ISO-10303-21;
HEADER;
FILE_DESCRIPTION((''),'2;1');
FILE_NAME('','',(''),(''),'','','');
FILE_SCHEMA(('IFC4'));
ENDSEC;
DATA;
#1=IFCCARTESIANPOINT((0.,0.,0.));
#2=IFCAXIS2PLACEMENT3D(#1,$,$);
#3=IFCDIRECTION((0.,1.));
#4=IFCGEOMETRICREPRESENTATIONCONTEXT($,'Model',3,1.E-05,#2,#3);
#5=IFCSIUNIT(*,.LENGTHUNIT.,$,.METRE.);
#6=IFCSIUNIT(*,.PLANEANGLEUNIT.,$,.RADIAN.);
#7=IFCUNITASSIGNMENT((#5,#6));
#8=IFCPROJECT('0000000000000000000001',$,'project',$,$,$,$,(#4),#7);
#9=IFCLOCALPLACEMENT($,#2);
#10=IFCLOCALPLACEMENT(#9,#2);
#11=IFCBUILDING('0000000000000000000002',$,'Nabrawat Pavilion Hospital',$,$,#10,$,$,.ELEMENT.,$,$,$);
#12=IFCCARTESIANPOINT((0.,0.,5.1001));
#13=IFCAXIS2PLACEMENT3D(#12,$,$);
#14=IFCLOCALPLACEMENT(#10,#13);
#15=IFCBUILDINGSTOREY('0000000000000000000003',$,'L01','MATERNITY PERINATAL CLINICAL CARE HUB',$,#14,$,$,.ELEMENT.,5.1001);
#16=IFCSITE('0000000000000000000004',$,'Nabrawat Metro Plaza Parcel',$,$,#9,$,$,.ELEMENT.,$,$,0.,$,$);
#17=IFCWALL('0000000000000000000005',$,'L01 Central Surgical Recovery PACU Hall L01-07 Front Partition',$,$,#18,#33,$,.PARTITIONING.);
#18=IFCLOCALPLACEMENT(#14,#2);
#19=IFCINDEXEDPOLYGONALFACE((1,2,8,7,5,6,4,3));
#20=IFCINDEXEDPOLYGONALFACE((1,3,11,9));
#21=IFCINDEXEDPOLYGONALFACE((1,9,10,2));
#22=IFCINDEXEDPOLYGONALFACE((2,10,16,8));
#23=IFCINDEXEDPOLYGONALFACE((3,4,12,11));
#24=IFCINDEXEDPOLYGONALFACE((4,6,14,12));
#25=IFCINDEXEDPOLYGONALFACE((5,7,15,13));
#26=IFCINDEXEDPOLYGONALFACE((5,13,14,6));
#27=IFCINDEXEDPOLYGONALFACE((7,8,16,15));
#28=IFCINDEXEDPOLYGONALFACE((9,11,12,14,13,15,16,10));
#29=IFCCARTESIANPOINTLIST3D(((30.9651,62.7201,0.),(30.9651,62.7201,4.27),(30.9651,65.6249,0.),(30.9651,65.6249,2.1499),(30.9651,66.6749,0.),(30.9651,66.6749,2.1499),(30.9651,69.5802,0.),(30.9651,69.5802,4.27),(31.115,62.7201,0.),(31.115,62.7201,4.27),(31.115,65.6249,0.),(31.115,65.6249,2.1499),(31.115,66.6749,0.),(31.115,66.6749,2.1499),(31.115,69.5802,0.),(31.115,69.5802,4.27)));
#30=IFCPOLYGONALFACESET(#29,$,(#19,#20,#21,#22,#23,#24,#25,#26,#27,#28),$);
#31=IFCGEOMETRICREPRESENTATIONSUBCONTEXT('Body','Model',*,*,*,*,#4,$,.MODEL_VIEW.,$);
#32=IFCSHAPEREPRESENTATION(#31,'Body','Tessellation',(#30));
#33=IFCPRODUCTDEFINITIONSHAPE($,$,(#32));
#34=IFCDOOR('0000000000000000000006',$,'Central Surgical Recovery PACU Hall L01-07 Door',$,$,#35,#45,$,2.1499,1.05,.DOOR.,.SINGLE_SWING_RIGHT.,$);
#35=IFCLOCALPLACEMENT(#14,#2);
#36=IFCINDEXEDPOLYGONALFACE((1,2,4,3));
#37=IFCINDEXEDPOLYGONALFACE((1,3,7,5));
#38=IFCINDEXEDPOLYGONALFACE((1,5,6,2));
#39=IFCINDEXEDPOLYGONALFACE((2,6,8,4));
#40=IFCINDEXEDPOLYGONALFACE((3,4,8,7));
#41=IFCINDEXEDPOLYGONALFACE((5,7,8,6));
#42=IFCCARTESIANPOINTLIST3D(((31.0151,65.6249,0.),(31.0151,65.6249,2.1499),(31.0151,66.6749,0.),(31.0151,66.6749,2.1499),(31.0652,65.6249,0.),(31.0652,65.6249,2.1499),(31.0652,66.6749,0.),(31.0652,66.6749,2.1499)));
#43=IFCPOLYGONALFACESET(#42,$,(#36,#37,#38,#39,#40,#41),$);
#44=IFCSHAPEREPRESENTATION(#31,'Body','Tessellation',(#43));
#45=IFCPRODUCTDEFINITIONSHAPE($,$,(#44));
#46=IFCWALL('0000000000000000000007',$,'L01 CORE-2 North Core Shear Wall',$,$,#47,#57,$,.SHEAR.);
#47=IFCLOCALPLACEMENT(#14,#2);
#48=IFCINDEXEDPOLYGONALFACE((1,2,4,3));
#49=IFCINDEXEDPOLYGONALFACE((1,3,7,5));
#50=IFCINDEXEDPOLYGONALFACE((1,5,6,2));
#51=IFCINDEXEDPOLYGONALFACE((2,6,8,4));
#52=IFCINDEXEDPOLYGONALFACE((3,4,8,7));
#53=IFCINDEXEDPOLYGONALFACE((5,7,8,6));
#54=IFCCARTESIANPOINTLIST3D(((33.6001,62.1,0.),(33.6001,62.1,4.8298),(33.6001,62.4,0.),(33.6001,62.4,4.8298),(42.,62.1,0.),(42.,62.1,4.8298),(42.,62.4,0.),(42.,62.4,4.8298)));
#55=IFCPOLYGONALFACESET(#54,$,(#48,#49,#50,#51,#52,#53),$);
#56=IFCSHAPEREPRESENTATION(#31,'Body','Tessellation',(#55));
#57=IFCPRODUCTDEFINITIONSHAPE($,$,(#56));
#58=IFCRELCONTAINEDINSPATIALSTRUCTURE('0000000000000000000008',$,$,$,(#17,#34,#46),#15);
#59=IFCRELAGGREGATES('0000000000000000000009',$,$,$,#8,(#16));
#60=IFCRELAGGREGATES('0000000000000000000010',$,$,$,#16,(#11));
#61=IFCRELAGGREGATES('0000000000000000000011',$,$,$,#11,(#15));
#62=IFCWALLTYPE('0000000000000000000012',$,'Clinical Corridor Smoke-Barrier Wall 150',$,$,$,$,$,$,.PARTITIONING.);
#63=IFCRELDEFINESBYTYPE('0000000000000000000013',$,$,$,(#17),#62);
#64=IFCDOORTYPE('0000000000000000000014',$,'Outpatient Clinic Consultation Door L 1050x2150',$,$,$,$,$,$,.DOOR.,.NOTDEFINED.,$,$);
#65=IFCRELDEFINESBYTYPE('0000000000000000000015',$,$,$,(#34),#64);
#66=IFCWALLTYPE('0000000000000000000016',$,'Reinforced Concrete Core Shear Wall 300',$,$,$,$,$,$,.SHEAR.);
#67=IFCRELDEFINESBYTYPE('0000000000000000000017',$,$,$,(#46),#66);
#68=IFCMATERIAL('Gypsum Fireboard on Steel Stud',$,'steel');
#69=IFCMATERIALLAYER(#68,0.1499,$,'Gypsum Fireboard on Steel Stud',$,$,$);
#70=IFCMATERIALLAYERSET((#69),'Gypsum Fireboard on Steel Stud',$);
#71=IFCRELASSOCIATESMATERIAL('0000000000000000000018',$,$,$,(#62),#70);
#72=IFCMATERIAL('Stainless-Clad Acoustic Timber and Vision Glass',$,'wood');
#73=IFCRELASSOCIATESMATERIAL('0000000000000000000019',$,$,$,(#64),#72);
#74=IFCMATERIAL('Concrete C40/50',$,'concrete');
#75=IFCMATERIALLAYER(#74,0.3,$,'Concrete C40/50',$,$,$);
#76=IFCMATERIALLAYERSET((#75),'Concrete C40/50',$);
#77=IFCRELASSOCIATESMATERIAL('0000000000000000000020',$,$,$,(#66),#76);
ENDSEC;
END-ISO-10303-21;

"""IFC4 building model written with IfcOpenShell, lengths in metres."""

from ifc_helpers import new_model, si_unit, direction, frame, frame_2d, origin, place, context, subcontext, project, spatial, rectangle, extrude, material, layer, layer_set, type_object, element, fill, save


model = new_model("IFC4")

# Units and contexts
model_context = context("Model", 3, precision=1e-05, world=origin(), true_north=direction((0.0, 1.0)))
body_context = subcontext(model_context, "Body", "Model", "MODEL_VIEW")
ifc_project = project(units=[si_unit("LENGTHUNIT", "METRE"), si_unit("PLANEANGLEUNIT", "RADIAN")], contexts=[model_context])

# Site, building, storey
site_placement = place(None, origin())
site = spatial("IfcSite", under=ifc_project, at=site_placement, Name="Nabrawat Metro Plaza Parcel", CompositionType="ELEMENT", RefElevation=0.0)
building_placement = place(site_placement, origin())
building = spatial("IfcBuilding", under=site, at=building_placement, Name="Nabrawat Pavilion Hospital", CompositionType="ELEMENT")
storey_placement = place(building_placement, frame((0.0, 0.0, 5.1001)))
storey = spatial("IfcBuildingStorey", under=building, at=storey_placement, Name="L01", Description="MATERNITY PERINATAL CLINICAL CARE HUB", CompositionType="ELEMENT", Elevation=5.1001)

# Wall, opening, door
ifc_material_1 = material(Name="Gypsum Fireboard on Steel Stud", Category="steel")
ifc_layer_1 = layer(ifc_material_1, 0.1499, Name="Gypsum Fireboard on Steel Stud")
ifc_layer_set_1 = layer_set([ifc_layer_1], Name="Gypsum Fireboard on Steel Stud")
wall_type_1 = type_object("IfcWallType", Name="Clinical Corridor Smoke-Barrier Wall 150", PredefinedType="PARTITIONING", material=ifc_layer_set_1)
ifc_material_2 = material(Name="Stainless-Clad Acoustic Timber and Vision Glass", Category="wood")
wall_1_placement = place(storey_placement, frame((31.04, 62.72, 0.0), z_axis=(0.0, 0.0, 1.0), x_axis=(0.0, 1.0, 0.0)))
wall_1 = element("IfcWall", 1, at=wall_1_placement, inside=storey, type_object=wall_type_1, Name="L01 Central Surgical Recovery PACU Hall L01-07 Front Partition", PredefinedType="PARTITIONING", context=body_context, shape_type="SweptSolid", body=[
    extrude(rectangle(XDim=6.8601, YDim=0.1499, at=frame_2d((3.4302, 0.0))), origin(), (0.0, 0.0, 1.0), 4.27),
])
opening_1_placement = place(wall_1_placement, frame((2.905, 0.0, 0.0)))
opening_1 = element("IfcOpeningElement", 2, at=opening_1_placement, cuts=wall_1, PredefinedType="OPENING", context=body_context, shape_type="SweptSolid", body=[
    extrude(rectangle(XDim=1.05, YDim=2.1499, at=frame_2d((0.5249, 1.075))), frame((0.0, 0.085, 0.0), z_axis=(0.0, -1.0, 0.0), x_axis=(1.0, 0.0, 0.0)), (0.0, 0.0, 1.0), 0.1699),
])
door_type_1 = type_object("IfcDoorType", Name="Outpatient Clinic Consultation Door L 1050x2150", OperationType="NOTDEFINED", PredefinedType="DOOR", material=ifc_material_2)
door_1_placement = place(opening_1_placement, origin())
door_1 = element("IfcDoor", 3, at=door_1_placement, inside=storey, type_object=door_type_1, Name="Central Surgical Recovery PACU Hall L01-07 Door", OperationType="SINGLE_SWING_RIGHT", OverallHeight=2.1499, OverallWidth=1.05, PredefinedType="DOOR", context=body_context, shape_type="SweptSolid", body=[
    extrude(rectangle(XDim=1.05, YDim=2.1499, at=frame_2d((0.5249, 1.075))), frame((0.0, 0.0249, 0.0), z_axis=(0.0, -1.0, 0.0), x_axis=(1.0, 0.0, 0.0)), (0.0, 0.0, 1.0), 0.05),
])
fill(opening_1, door_1)

# Wall
ifc_material_3 = material(Name="Concrete C40/50", Category="concrete")
ifc_layer_2 = layer(ifc_material_3, 0.3, Name="Concrete C40/50")
ifc_layer_set_2 = layer_set([ifc_layer_2], Name="Concrete C40/50")
wall_type_2 = type_object("IfcWallType", Name="Reinforced Concrete Core Shear Wall 300", PredefinedType="SHEAR", material=ifc_layer_set_2)
wall_2_placement = place(storey_placement, frame((33.6001, 62.25, 0.0), z_axis=(0.0, 0.0, 1.0), x_axis=(1.0, 0.0, 0.0)))
element("IfcWall", 4, at=wall_2_placement, inside=storey, type_object=wall_type_2, Name="L01 CORE-2 North Core Shear Wall", PredefinedType="SHEAR", context=body_context, shape_type="SweptSolid", body=[
    extrude(rectangle(XDim=8.3999, YDim=0.3, at=frame_2d((4.2, 0.0))), origin(), (0.0, 0.0, 1.0), 4.8298),
])

save(model, "model.ifc")
